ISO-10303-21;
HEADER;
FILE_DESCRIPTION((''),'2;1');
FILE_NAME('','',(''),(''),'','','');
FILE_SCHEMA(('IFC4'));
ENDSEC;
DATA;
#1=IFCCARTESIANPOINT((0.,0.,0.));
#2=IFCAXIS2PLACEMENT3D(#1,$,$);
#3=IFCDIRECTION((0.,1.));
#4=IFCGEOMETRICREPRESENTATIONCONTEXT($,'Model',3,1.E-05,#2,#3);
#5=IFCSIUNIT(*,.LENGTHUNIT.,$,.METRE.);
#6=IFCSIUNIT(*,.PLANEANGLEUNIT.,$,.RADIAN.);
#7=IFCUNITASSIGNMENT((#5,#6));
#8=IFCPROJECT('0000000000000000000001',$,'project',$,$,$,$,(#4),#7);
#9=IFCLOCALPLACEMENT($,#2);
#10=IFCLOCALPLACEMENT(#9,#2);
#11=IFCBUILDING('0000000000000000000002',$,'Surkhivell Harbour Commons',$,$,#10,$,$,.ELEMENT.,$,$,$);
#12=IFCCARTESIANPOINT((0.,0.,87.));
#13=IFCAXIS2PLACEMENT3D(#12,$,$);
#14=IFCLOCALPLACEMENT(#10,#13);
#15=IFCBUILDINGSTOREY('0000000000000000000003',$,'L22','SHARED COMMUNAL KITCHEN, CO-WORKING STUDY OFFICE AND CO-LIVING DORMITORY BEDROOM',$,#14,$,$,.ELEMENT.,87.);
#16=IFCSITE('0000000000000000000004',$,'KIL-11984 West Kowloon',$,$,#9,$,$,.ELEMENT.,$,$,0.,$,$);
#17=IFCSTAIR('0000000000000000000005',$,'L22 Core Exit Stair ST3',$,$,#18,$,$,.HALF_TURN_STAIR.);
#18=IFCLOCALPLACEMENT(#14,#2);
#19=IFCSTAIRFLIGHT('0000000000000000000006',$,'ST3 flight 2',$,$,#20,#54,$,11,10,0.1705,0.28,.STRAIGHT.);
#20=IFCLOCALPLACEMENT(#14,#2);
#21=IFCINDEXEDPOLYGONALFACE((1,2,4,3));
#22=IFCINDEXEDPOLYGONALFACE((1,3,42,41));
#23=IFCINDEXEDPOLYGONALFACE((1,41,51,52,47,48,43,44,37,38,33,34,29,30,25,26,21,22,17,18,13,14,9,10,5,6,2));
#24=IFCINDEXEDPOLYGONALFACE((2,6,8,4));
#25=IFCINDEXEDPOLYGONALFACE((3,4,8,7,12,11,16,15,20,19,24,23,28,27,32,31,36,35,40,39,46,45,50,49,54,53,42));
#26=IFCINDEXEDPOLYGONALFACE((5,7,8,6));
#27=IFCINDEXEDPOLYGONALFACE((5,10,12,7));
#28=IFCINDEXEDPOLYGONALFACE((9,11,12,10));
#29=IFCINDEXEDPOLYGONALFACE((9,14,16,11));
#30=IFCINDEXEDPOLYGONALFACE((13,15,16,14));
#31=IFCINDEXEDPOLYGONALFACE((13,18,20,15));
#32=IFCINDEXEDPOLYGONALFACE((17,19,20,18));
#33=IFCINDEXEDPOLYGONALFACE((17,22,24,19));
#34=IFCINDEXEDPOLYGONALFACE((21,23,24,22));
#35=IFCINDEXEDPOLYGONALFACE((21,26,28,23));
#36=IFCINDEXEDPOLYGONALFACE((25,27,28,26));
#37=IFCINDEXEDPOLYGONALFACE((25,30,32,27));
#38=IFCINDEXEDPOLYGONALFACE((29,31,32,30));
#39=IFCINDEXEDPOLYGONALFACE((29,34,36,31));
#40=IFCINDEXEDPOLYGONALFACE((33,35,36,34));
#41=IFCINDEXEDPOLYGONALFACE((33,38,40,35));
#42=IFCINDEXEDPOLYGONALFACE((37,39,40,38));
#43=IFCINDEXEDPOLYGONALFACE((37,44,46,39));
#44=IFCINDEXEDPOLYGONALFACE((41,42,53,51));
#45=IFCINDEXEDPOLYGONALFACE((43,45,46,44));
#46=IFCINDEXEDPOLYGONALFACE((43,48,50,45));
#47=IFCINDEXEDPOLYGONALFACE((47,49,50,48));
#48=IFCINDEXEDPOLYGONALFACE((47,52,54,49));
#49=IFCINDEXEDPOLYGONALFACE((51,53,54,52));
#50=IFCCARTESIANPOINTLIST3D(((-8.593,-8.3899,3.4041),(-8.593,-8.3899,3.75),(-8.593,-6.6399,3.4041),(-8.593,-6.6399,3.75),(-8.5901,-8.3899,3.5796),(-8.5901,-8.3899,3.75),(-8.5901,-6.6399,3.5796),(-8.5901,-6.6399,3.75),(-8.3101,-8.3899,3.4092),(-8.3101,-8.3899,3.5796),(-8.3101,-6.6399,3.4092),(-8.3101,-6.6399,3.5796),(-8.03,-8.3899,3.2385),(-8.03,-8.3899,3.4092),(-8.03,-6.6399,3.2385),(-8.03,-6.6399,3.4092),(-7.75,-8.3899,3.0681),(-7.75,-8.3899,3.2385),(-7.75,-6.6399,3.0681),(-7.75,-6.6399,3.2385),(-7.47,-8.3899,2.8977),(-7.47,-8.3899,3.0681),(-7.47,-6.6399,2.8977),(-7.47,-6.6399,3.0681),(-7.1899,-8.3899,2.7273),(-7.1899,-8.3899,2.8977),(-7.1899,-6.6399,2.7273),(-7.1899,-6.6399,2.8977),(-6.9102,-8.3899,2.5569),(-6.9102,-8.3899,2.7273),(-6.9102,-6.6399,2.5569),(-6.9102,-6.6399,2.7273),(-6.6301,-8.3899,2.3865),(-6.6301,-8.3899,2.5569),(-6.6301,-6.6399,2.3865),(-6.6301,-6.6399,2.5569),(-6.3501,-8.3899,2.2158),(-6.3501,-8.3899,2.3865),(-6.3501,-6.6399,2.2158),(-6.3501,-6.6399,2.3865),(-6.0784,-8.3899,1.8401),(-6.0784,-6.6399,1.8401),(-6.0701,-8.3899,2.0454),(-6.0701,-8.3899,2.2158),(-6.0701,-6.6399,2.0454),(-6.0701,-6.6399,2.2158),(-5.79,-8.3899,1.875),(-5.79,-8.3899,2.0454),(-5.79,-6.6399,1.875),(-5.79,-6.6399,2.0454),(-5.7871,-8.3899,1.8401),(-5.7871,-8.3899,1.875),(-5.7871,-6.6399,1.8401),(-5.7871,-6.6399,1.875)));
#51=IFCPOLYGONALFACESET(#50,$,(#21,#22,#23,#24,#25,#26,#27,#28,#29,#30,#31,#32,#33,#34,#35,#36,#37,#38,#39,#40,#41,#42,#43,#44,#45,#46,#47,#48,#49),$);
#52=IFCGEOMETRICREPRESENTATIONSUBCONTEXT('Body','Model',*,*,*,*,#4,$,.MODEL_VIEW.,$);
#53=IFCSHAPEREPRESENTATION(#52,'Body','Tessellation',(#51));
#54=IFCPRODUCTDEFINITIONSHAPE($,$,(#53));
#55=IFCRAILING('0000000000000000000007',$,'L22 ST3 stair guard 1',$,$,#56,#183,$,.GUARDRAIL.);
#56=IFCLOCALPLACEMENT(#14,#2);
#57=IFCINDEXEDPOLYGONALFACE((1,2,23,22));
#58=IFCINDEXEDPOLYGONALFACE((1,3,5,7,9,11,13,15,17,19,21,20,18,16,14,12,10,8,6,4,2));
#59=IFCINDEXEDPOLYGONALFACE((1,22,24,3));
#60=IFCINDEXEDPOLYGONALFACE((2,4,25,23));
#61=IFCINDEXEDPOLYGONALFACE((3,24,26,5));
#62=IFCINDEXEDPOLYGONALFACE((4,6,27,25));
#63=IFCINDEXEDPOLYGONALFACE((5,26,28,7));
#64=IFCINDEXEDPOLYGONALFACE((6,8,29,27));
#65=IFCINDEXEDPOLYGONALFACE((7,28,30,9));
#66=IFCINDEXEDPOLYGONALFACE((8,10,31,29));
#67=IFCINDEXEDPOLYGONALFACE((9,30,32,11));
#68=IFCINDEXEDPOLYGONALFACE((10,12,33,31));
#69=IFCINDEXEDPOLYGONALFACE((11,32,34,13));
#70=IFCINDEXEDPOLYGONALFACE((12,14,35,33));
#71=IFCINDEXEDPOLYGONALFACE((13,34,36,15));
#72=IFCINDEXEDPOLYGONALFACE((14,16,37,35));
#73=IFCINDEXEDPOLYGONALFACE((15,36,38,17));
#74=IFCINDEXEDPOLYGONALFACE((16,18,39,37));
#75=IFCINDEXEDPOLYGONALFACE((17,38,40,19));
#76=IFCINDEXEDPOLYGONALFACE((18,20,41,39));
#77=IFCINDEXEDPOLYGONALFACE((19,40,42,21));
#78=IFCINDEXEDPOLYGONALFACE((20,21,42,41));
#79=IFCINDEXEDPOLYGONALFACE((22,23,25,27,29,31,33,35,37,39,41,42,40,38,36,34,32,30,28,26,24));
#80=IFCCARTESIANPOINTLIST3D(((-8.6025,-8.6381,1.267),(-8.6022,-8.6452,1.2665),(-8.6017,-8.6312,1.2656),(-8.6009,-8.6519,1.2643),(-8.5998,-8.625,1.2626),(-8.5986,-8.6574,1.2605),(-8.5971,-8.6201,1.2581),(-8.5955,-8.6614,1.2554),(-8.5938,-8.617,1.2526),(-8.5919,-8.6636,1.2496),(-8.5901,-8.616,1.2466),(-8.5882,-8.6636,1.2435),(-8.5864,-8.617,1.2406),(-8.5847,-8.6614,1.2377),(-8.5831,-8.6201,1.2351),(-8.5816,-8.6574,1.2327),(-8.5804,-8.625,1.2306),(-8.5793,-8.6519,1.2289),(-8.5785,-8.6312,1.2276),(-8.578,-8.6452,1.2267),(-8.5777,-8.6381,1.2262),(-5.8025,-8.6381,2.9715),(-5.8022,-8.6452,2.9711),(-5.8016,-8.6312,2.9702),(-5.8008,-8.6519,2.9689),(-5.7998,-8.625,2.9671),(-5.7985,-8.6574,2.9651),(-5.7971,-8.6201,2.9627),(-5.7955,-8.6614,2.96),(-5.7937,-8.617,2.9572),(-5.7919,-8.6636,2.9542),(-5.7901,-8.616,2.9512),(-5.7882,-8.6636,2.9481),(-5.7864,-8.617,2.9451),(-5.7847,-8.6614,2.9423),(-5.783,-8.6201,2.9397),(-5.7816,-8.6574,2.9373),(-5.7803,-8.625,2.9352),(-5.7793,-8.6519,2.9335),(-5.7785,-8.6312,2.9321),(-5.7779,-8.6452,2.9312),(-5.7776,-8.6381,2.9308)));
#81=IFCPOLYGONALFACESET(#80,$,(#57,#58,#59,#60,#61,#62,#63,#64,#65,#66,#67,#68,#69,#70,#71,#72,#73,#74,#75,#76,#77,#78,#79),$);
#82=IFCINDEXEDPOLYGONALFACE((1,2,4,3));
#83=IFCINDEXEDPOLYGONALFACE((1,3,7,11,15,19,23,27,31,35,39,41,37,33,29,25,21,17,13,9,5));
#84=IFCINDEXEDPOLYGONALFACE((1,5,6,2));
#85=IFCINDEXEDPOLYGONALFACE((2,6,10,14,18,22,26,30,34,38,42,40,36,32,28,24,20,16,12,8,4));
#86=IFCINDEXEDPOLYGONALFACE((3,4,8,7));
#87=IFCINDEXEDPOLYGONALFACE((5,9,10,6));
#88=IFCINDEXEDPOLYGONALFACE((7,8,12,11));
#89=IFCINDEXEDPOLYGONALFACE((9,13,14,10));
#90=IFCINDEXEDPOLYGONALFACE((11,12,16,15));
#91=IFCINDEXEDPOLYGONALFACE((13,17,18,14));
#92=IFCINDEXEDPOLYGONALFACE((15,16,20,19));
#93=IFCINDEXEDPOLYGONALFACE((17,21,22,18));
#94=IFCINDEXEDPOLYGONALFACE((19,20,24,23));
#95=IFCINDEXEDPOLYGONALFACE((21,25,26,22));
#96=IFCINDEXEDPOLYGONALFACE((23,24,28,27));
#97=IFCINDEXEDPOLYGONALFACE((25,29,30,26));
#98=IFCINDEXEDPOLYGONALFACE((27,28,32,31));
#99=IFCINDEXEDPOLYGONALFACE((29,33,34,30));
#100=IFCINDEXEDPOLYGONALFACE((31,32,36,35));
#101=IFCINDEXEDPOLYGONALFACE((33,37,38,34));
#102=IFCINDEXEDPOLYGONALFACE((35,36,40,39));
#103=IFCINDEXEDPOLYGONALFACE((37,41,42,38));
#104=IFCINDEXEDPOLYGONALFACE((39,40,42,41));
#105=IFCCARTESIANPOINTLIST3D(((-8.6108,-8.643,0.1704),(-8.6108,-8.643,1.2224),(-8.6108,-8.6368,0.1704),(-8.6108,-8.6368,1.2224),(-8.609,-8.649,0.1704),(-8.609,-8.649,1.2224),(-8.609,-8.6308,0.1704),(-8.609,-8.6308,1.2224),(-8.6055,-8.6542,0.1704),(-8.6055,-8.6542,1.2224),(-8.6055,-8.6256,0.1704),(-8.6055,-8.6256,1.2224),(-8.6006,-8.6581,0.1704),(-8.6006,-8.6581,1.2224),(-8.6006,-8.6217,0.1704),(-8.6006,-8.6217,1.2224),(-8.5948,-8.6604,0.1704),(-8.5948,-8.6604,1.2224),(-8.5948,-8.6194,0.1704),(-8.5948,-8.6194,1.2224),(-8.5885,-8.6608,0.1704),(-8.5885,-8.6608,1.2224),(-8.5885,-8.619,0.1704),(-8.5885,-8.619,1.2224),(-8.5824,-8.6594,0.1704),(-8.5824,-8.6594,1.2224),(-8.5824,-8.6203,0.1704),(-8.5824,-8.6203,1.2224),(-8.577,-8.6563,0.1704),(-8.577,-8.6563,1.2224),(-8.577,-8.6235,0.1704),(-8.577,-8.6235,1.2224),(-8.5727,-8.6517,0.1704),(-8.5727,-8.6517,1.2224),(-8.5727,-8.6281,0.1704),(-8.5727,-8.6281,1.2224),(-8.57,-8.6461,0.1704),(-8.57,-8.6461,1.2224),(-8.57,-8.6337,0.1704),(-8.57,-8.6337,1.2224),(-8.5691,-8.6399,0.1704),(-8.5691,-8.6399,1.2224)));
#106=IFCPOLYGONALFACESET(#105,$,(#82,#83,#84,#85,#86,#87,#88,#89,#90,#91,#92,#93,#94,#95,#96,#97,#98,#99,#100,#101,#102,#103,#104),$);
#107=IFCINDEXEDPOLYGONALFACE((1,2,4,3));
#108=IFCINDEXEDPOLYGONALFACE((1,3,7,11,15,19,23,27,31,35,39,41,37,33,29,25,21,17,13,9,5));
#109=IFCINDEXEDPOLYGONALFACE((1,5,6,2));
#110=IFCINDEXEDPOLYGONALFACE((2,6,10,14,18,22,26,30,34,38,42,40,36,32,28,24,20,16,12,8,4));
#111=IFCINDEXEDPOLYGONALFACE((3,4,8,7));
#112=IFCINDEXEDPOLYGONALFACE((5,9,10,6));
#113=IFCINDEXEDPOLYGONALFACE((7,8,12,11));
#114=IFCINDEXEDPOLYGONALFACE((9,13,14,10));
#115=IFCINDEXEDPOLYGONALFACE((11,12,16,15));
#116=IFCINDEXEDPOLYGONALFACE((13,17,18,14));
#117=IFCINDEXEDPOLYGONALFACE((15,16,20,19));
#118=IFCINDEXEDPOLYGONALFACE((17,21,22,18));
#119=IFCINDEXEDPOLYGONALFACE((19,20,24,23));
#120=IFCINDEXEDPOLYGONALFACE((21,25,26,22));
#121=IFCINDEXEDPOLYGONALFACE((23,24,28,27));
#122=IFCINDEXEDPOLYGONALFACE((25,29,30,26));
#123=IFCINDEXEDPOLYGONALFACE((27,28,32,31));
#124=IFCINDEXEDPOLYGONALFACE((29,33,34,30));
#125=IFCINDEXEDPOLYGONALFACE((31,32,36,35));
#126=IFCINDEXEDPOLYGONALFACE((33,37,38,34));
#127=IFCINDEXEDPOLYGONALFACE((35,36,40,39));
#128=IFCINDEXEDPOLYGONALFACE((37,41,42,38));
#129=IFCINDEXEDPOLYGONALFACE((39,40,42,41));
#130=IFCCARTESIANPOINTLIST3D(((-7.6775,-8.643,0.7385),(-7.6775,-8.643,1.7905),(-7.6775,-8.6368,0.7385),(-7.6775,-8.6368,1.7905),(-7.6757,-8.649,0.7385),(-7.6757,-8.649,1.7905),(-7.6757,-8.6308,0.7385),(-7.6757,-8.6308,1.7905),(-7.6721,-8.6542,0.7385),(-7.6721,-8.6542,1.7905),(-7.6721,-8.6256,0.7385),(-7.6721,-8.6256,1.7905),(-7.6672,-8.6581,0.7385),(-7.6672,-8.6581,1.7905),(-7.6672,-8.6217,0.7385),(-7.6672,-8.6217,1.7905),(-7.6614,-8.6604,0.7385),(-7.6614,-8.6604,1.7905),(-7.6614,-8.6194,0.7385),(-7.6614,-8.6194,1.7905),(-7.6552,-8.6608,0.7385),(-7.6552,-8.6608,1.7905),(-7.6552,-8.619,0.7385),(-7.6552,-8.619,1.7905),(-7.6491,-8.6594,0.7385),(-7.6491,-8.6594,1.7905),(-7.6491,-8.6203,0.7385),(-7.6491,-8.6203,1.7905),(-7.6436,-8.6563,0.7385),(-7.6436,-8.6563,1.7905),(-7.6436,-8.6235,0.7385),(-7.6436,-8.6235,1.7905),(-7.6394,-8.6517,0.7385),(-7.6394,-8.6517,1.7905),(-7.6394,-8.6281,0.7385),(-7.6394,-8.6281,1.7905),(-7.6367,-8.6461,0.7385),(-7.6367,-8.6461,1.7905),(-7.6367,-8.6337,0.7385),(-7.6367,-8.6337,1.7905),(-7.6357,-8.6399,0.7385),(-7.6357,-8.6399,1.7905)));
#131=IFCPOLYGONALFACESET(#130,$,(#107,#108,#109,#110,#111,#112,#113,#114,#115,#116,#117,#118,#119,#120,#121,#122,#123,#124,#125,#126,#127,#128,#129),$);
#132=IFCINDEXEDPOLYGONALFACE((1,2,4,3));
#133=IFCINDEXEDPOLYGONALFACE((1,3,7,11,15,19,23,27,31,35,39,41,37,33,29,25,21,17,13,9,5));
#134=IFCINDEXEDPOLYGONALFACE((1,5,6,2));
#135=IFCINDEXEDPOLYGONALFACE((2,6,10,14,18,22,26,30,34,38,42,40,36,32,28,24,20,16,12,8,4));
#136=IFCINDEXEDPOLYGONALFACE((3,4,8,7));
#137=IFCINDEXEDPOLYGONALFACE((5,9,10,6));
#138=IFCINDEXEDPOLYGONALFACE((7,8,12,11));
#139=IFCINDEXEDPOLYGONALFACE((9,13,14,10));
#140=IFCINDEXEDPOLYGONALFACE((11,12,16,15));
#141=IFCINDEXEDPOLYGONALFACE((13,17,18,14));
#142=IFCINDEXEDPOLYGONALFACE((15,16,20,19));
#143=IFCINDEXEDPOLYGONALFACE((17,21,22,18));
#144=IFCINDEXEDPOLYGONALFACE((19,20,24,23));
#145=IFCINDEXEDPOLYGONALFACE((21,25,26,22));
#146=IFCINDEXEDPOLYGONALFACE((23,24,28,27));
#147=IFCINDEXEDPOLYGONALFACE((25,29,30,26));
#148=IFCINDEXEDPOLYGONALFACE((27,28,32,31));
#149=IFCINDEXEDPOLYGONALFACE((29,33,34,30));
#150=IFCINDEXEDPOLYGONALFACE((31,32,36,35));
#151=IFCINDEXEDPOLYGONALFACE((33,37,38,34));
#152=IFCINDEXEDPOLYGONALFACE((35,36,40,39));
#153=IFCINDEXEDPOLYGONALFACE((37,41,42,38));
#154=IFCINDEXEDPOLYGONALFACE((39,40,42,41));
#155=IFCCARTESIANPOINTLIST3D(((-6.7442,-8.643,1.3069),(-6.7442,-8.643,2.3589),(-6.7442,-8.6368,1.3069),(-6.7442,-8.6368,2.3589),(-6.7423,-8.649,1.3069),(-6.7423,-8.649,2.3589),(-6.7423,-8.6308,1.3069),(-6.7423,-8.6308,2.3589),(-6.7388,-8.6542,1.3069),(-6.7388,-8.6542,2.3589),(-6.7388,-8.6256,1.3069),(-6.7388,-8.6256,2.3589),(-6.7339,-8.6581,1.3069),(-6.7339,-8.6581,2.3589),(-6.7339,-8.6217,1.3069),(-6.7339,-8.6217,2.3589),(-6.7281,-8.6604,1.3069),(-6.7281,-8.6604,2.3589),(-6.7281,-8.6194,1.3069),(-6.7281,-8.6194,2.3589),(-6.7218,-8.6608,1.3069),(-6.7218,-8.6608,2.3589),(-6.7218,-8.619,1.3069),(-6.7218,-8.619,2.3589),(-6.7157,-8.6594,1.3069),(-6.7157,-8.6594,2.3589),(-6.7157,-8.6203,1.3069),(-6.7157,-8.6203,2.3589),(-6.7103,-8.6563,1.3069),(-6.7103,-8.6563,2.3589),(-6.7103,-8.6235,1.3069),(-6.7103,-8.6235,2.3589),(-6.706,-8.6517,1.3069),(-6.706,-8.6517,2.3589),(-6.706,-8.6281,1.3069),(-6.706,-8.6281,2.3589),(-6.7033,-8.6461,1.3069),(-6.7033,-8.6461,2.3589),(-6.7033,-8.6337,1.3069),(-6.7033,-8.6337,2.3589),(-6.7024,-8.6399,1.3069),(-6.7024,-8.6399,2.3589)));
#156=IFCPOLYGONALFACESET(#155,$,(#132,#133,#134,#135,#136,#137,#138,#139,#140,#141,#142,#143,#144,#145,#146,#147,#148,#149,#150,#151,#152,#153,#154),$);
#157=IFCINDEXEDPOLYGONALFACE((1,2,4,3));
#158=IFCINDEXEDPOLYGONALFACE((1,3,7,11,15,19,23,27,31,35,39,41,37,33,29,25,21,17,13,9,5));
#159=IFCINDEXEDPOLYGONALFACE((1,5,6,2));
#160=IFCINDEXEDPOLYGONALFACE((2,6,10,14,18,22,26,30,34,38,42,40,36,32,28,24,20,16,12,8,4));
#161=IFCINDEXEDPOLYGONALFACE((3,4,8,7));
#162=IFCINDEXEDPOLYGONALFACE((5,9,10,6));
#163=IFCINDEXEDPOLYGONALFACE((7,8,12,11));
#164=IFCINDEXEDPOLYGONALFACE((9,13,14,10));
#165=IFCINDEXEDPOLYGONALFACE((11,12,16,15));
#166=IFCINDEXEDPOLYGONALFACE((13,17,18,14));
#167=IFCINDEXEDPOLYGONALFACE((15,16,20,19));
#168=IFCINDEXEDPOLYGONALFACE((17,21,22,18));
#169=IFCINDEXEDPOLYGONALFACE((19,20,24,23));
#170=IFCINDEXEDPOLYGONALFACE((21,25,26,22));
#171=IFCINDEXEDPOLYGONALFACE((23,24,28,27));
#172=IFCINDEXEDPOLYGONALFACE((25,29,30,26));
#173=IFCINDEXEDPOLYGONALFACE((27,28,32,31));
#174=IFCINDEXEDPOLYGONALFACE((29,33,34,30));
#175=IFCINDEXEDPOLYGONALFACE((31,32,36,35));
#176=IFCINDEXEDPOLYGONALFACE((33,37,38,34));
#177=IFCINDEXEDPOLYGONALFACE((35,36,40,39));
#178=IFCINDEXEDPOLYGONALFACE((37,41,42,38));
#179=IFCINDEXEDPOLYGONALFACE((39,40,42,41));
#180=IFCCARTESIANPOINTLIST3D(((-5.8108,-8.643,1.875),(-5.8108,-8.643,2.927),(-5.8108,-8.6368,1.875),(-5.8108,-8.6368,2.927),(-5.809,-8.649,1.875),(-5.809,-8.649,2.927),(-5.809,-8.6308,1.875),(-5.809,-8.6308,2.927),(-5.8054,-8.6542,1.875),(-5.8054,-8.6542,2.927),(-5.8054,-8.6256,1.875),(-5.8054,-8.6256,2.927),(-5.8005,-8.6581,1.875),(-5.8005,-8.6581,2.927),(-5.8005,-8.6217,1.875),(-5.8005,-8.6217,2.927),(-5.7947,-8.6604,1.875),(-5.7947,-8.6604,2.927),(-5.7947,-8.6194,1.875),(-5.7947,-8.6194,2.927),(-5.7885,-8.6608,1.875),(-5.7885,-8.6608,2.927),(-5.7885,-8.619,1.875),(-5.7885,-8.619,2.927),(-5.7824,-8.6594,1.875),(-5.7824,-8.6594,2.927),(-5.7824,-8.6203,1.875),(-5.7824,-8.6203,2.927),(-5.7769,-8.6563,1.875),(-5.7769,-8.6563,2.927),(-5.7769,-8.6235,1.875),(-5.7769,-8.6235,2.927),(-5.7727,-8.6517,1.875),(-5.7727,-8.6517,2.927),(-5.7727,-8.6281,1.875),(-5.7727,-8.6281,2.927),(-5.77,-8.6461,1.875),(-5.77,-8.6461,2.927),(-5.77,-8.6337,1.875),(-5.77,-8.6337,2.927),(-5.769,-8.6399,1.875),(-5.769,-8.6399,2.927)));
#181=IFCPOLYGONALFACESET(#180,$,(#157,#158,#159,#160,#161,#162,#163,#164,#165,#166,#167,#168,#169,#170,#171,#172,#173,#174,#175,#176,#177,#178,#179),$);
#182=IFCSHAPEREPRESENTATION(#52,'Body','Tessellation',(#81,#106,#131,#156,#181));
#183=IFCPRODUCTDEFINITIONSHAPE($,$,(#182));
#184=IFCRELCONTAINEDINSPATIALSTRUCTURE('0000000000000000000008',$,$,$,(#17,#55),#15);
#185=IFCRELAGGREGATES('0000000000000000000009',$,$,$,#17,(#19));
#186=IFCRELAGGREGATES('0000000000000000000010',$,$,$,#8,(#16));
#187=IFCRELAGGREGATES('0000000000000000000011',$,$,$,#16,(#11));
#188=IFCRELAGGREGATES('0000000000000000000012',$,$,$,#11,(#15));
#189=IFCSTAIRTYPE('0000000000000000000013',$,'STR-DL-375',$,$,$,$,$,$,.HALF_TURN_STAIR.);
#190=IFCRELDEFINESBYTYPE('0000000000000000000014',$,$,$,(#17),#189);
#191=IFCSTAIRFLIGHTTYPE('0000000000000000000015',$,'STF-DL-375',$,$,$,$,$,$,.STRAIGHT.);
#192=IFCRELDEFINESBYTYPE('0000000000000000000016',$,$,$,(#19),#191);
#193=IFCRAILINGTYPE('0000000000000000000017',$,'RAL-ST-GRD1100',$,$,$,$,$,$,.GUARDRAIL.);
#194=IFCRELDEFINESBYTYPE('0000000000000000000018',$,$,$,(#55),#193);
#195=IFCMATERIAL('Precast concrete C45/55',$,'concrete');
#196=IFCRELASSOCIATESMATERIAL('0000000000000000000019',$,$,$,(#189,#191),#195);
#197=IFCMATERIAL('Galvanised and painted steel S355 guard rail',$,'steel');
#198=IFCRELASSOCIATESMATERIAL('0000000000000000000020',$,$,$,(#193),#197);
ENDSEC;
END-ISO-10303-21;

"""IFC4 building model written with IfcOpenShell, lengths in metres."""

from ifc_helpers import new_model, si_unit, direction, frame, origin, origin_2d, place, context, subcontext, project, spatial, polyline, circle, outline, extrude, material, type_object, element, aggregate, save


model = new_model("IFC4")

# Units and contexts
model_context = context("Model", 3, precision=1e-05, world=origin(), true_north=direction((0.0, 1.0)))
body_context = subcontext(model_context, "Body", "Model", "MODEL_VIEW")
ifc_project = project(units=[si_unit("LENGTHUNIT", "METRE"), si_unit("PLANEANGLEUNIT", "RADIAN")], contexts=[model_context])

# Site, building, storey
site_placement = place(None, origin())
site = spatial("IfcSite", under=ifc_project, at=site_placement, Name="KIL-11984 West Kowloon", CompositionType="ELEMENT", RefElevation=0.0)
building_placement = place(site_placement, origin())
building = spatial("IfcBuilding", under=site, at=building_placement, Name="Surkhivell Harbour Commons", CompositionType="ELEMENT")
storey_placement = place(building_placement, frame((0.0, 0.0, 87.0)))
storey = spatial("IfcBuildingStorey", under=building, at=storey_placement, Name="L22", Description="SHARED COMMUNAL KITCHEN, CO-WORKING STUDY OFFICE AND CO-LIVING DORMITORY BEDROOM", CompositionType="ELEMENT", Elevation=87.0)

# Stair, stair flight
ifc_material_1 = material(Name="Precast concrete C45/55", Category="concrete")
stair_type = type_object("IfcStairType", Name="STR-DL-375", PredefinedType="HALF_TURN_STAIR", material=ifc_material_1)
stair_placement = place(storey_placement, origin())
stair = element("IfcStair", 1, at=stair_placement, inside=storey, type_object=stair_type, Name="L22 Core Exit Stair ST3", PredefinedType="HALF_TURN_STAIR")
stair_flight_type = type_object("IfcStairFlightType", Name="STF-DL-375", PredefinedType="STRAIGHT", material=ifc_material_1)
stair_flight_1_placement = place(storey_placement, frame((-5.79, -7.5149, 1.875), z_axis=(0.0, 0.0, 1.0), x_axis=(-1.0, 0.0, 0.0)))
stair_flight_1 = element("IfcStairFlight", 2, at=stair_flight_1_placement, type_object=stair_flight_type, Name="ST3 flight 2", NumberOfRisers=11, NumberOfTreads=10, PredefinedType="STRAIGHT", RiserHeight=0.1705, TreadLength=0.28, context=body_context, shape_type="SweptSolid", body=[
    extrude(outline(polyline([(-0.0029, -0.0349), (-0.0029, 0.0), (0.0, 0.0), (0.0, 0.1704), (0.28, 0.1704), (0.28, 0.3408), (0.5601, 0.3408), (0.5601, 0.5115), (0.8401, 0.5115), (0.8401, 0.6819), (1.1201, 0.6819), (1.1201, 0.8523), (1.3999, 0.8523), (1.3999, 1.0227), (1.6799, 1.0227), (1.6799, 1.1931), (1.96, 1.1931), (1.96, 1.3635), (2.24, 1.3635), (2.24, 1.5342), (2.52, 1.5342), (2.52, 1.7046), (2.8, 1.7046), (2.8, 1.875), (2.803, 1.875), (2.803, 1.5291), (0.2883, -0.0349), (-0.0029, -0.0349)])), frame((0.0, 0.875, 0.0), z_axis=(0.0, -1.0, 0.0), x_axis=(1.0, 0.0, 0.0)), (0.0, 0.0, 1.0), 1.75),
])
aggregate(stair, [stair_flight_1])

# Railing
ifc_material_2 = material(Name="Galvanised and painted steel S355 guard rail", Category="steel")
railing_type_1 = type_object("IfcRailingType", Name="RAL-ST-GRD1100", PredefinedType="GUARDRAIL", material=ifc_material_2)
railing_1_placement = place(storey_placement, frame((-8.5901, -8.6399, 0.1704)))
element("IfcRailing", 3, at=railing_1_placement, inside=storey, type_object=railing_type_1, Name="L22 ST3 stair guard 1", PredefinedType="GUARDRAIL", context=body_context, shape_type="SweptSolid", body=[
    extrude(circle(Radius=0.0239, at=origin_2d()), frame((0.0, 0.0, 1.0762), z_axis=(0.85417, 0.0, 0.519994), x_axis=(0.0, 1.0, 0.0)), (0.0, 0.0, 1.0), 3.2781),
    extrude(circle(Radius=0.021, at=origin_2d()), origin(), (0.0, 0.0, 1.0), 1.052),
    extrude(circle(Radius=0.021, at=origin_2d()), frame((0.9333, 0.0, 0.5681)), (0.0, 0.0, 1.0), 1.052),
    extrude(circle(Radius=0.021, at=origin_2d()), frame((1.8667, 0.0, 1.1365)), (0.0, 0.0, 1.0), 1.052),
    extrude(circle(Radius=0.021, at=origin_2d()), frame((2.8, 0.0, 1.7046)), (0.0, 0.0, 1.0), 1.052),
])

save(model, "model.ifc")
